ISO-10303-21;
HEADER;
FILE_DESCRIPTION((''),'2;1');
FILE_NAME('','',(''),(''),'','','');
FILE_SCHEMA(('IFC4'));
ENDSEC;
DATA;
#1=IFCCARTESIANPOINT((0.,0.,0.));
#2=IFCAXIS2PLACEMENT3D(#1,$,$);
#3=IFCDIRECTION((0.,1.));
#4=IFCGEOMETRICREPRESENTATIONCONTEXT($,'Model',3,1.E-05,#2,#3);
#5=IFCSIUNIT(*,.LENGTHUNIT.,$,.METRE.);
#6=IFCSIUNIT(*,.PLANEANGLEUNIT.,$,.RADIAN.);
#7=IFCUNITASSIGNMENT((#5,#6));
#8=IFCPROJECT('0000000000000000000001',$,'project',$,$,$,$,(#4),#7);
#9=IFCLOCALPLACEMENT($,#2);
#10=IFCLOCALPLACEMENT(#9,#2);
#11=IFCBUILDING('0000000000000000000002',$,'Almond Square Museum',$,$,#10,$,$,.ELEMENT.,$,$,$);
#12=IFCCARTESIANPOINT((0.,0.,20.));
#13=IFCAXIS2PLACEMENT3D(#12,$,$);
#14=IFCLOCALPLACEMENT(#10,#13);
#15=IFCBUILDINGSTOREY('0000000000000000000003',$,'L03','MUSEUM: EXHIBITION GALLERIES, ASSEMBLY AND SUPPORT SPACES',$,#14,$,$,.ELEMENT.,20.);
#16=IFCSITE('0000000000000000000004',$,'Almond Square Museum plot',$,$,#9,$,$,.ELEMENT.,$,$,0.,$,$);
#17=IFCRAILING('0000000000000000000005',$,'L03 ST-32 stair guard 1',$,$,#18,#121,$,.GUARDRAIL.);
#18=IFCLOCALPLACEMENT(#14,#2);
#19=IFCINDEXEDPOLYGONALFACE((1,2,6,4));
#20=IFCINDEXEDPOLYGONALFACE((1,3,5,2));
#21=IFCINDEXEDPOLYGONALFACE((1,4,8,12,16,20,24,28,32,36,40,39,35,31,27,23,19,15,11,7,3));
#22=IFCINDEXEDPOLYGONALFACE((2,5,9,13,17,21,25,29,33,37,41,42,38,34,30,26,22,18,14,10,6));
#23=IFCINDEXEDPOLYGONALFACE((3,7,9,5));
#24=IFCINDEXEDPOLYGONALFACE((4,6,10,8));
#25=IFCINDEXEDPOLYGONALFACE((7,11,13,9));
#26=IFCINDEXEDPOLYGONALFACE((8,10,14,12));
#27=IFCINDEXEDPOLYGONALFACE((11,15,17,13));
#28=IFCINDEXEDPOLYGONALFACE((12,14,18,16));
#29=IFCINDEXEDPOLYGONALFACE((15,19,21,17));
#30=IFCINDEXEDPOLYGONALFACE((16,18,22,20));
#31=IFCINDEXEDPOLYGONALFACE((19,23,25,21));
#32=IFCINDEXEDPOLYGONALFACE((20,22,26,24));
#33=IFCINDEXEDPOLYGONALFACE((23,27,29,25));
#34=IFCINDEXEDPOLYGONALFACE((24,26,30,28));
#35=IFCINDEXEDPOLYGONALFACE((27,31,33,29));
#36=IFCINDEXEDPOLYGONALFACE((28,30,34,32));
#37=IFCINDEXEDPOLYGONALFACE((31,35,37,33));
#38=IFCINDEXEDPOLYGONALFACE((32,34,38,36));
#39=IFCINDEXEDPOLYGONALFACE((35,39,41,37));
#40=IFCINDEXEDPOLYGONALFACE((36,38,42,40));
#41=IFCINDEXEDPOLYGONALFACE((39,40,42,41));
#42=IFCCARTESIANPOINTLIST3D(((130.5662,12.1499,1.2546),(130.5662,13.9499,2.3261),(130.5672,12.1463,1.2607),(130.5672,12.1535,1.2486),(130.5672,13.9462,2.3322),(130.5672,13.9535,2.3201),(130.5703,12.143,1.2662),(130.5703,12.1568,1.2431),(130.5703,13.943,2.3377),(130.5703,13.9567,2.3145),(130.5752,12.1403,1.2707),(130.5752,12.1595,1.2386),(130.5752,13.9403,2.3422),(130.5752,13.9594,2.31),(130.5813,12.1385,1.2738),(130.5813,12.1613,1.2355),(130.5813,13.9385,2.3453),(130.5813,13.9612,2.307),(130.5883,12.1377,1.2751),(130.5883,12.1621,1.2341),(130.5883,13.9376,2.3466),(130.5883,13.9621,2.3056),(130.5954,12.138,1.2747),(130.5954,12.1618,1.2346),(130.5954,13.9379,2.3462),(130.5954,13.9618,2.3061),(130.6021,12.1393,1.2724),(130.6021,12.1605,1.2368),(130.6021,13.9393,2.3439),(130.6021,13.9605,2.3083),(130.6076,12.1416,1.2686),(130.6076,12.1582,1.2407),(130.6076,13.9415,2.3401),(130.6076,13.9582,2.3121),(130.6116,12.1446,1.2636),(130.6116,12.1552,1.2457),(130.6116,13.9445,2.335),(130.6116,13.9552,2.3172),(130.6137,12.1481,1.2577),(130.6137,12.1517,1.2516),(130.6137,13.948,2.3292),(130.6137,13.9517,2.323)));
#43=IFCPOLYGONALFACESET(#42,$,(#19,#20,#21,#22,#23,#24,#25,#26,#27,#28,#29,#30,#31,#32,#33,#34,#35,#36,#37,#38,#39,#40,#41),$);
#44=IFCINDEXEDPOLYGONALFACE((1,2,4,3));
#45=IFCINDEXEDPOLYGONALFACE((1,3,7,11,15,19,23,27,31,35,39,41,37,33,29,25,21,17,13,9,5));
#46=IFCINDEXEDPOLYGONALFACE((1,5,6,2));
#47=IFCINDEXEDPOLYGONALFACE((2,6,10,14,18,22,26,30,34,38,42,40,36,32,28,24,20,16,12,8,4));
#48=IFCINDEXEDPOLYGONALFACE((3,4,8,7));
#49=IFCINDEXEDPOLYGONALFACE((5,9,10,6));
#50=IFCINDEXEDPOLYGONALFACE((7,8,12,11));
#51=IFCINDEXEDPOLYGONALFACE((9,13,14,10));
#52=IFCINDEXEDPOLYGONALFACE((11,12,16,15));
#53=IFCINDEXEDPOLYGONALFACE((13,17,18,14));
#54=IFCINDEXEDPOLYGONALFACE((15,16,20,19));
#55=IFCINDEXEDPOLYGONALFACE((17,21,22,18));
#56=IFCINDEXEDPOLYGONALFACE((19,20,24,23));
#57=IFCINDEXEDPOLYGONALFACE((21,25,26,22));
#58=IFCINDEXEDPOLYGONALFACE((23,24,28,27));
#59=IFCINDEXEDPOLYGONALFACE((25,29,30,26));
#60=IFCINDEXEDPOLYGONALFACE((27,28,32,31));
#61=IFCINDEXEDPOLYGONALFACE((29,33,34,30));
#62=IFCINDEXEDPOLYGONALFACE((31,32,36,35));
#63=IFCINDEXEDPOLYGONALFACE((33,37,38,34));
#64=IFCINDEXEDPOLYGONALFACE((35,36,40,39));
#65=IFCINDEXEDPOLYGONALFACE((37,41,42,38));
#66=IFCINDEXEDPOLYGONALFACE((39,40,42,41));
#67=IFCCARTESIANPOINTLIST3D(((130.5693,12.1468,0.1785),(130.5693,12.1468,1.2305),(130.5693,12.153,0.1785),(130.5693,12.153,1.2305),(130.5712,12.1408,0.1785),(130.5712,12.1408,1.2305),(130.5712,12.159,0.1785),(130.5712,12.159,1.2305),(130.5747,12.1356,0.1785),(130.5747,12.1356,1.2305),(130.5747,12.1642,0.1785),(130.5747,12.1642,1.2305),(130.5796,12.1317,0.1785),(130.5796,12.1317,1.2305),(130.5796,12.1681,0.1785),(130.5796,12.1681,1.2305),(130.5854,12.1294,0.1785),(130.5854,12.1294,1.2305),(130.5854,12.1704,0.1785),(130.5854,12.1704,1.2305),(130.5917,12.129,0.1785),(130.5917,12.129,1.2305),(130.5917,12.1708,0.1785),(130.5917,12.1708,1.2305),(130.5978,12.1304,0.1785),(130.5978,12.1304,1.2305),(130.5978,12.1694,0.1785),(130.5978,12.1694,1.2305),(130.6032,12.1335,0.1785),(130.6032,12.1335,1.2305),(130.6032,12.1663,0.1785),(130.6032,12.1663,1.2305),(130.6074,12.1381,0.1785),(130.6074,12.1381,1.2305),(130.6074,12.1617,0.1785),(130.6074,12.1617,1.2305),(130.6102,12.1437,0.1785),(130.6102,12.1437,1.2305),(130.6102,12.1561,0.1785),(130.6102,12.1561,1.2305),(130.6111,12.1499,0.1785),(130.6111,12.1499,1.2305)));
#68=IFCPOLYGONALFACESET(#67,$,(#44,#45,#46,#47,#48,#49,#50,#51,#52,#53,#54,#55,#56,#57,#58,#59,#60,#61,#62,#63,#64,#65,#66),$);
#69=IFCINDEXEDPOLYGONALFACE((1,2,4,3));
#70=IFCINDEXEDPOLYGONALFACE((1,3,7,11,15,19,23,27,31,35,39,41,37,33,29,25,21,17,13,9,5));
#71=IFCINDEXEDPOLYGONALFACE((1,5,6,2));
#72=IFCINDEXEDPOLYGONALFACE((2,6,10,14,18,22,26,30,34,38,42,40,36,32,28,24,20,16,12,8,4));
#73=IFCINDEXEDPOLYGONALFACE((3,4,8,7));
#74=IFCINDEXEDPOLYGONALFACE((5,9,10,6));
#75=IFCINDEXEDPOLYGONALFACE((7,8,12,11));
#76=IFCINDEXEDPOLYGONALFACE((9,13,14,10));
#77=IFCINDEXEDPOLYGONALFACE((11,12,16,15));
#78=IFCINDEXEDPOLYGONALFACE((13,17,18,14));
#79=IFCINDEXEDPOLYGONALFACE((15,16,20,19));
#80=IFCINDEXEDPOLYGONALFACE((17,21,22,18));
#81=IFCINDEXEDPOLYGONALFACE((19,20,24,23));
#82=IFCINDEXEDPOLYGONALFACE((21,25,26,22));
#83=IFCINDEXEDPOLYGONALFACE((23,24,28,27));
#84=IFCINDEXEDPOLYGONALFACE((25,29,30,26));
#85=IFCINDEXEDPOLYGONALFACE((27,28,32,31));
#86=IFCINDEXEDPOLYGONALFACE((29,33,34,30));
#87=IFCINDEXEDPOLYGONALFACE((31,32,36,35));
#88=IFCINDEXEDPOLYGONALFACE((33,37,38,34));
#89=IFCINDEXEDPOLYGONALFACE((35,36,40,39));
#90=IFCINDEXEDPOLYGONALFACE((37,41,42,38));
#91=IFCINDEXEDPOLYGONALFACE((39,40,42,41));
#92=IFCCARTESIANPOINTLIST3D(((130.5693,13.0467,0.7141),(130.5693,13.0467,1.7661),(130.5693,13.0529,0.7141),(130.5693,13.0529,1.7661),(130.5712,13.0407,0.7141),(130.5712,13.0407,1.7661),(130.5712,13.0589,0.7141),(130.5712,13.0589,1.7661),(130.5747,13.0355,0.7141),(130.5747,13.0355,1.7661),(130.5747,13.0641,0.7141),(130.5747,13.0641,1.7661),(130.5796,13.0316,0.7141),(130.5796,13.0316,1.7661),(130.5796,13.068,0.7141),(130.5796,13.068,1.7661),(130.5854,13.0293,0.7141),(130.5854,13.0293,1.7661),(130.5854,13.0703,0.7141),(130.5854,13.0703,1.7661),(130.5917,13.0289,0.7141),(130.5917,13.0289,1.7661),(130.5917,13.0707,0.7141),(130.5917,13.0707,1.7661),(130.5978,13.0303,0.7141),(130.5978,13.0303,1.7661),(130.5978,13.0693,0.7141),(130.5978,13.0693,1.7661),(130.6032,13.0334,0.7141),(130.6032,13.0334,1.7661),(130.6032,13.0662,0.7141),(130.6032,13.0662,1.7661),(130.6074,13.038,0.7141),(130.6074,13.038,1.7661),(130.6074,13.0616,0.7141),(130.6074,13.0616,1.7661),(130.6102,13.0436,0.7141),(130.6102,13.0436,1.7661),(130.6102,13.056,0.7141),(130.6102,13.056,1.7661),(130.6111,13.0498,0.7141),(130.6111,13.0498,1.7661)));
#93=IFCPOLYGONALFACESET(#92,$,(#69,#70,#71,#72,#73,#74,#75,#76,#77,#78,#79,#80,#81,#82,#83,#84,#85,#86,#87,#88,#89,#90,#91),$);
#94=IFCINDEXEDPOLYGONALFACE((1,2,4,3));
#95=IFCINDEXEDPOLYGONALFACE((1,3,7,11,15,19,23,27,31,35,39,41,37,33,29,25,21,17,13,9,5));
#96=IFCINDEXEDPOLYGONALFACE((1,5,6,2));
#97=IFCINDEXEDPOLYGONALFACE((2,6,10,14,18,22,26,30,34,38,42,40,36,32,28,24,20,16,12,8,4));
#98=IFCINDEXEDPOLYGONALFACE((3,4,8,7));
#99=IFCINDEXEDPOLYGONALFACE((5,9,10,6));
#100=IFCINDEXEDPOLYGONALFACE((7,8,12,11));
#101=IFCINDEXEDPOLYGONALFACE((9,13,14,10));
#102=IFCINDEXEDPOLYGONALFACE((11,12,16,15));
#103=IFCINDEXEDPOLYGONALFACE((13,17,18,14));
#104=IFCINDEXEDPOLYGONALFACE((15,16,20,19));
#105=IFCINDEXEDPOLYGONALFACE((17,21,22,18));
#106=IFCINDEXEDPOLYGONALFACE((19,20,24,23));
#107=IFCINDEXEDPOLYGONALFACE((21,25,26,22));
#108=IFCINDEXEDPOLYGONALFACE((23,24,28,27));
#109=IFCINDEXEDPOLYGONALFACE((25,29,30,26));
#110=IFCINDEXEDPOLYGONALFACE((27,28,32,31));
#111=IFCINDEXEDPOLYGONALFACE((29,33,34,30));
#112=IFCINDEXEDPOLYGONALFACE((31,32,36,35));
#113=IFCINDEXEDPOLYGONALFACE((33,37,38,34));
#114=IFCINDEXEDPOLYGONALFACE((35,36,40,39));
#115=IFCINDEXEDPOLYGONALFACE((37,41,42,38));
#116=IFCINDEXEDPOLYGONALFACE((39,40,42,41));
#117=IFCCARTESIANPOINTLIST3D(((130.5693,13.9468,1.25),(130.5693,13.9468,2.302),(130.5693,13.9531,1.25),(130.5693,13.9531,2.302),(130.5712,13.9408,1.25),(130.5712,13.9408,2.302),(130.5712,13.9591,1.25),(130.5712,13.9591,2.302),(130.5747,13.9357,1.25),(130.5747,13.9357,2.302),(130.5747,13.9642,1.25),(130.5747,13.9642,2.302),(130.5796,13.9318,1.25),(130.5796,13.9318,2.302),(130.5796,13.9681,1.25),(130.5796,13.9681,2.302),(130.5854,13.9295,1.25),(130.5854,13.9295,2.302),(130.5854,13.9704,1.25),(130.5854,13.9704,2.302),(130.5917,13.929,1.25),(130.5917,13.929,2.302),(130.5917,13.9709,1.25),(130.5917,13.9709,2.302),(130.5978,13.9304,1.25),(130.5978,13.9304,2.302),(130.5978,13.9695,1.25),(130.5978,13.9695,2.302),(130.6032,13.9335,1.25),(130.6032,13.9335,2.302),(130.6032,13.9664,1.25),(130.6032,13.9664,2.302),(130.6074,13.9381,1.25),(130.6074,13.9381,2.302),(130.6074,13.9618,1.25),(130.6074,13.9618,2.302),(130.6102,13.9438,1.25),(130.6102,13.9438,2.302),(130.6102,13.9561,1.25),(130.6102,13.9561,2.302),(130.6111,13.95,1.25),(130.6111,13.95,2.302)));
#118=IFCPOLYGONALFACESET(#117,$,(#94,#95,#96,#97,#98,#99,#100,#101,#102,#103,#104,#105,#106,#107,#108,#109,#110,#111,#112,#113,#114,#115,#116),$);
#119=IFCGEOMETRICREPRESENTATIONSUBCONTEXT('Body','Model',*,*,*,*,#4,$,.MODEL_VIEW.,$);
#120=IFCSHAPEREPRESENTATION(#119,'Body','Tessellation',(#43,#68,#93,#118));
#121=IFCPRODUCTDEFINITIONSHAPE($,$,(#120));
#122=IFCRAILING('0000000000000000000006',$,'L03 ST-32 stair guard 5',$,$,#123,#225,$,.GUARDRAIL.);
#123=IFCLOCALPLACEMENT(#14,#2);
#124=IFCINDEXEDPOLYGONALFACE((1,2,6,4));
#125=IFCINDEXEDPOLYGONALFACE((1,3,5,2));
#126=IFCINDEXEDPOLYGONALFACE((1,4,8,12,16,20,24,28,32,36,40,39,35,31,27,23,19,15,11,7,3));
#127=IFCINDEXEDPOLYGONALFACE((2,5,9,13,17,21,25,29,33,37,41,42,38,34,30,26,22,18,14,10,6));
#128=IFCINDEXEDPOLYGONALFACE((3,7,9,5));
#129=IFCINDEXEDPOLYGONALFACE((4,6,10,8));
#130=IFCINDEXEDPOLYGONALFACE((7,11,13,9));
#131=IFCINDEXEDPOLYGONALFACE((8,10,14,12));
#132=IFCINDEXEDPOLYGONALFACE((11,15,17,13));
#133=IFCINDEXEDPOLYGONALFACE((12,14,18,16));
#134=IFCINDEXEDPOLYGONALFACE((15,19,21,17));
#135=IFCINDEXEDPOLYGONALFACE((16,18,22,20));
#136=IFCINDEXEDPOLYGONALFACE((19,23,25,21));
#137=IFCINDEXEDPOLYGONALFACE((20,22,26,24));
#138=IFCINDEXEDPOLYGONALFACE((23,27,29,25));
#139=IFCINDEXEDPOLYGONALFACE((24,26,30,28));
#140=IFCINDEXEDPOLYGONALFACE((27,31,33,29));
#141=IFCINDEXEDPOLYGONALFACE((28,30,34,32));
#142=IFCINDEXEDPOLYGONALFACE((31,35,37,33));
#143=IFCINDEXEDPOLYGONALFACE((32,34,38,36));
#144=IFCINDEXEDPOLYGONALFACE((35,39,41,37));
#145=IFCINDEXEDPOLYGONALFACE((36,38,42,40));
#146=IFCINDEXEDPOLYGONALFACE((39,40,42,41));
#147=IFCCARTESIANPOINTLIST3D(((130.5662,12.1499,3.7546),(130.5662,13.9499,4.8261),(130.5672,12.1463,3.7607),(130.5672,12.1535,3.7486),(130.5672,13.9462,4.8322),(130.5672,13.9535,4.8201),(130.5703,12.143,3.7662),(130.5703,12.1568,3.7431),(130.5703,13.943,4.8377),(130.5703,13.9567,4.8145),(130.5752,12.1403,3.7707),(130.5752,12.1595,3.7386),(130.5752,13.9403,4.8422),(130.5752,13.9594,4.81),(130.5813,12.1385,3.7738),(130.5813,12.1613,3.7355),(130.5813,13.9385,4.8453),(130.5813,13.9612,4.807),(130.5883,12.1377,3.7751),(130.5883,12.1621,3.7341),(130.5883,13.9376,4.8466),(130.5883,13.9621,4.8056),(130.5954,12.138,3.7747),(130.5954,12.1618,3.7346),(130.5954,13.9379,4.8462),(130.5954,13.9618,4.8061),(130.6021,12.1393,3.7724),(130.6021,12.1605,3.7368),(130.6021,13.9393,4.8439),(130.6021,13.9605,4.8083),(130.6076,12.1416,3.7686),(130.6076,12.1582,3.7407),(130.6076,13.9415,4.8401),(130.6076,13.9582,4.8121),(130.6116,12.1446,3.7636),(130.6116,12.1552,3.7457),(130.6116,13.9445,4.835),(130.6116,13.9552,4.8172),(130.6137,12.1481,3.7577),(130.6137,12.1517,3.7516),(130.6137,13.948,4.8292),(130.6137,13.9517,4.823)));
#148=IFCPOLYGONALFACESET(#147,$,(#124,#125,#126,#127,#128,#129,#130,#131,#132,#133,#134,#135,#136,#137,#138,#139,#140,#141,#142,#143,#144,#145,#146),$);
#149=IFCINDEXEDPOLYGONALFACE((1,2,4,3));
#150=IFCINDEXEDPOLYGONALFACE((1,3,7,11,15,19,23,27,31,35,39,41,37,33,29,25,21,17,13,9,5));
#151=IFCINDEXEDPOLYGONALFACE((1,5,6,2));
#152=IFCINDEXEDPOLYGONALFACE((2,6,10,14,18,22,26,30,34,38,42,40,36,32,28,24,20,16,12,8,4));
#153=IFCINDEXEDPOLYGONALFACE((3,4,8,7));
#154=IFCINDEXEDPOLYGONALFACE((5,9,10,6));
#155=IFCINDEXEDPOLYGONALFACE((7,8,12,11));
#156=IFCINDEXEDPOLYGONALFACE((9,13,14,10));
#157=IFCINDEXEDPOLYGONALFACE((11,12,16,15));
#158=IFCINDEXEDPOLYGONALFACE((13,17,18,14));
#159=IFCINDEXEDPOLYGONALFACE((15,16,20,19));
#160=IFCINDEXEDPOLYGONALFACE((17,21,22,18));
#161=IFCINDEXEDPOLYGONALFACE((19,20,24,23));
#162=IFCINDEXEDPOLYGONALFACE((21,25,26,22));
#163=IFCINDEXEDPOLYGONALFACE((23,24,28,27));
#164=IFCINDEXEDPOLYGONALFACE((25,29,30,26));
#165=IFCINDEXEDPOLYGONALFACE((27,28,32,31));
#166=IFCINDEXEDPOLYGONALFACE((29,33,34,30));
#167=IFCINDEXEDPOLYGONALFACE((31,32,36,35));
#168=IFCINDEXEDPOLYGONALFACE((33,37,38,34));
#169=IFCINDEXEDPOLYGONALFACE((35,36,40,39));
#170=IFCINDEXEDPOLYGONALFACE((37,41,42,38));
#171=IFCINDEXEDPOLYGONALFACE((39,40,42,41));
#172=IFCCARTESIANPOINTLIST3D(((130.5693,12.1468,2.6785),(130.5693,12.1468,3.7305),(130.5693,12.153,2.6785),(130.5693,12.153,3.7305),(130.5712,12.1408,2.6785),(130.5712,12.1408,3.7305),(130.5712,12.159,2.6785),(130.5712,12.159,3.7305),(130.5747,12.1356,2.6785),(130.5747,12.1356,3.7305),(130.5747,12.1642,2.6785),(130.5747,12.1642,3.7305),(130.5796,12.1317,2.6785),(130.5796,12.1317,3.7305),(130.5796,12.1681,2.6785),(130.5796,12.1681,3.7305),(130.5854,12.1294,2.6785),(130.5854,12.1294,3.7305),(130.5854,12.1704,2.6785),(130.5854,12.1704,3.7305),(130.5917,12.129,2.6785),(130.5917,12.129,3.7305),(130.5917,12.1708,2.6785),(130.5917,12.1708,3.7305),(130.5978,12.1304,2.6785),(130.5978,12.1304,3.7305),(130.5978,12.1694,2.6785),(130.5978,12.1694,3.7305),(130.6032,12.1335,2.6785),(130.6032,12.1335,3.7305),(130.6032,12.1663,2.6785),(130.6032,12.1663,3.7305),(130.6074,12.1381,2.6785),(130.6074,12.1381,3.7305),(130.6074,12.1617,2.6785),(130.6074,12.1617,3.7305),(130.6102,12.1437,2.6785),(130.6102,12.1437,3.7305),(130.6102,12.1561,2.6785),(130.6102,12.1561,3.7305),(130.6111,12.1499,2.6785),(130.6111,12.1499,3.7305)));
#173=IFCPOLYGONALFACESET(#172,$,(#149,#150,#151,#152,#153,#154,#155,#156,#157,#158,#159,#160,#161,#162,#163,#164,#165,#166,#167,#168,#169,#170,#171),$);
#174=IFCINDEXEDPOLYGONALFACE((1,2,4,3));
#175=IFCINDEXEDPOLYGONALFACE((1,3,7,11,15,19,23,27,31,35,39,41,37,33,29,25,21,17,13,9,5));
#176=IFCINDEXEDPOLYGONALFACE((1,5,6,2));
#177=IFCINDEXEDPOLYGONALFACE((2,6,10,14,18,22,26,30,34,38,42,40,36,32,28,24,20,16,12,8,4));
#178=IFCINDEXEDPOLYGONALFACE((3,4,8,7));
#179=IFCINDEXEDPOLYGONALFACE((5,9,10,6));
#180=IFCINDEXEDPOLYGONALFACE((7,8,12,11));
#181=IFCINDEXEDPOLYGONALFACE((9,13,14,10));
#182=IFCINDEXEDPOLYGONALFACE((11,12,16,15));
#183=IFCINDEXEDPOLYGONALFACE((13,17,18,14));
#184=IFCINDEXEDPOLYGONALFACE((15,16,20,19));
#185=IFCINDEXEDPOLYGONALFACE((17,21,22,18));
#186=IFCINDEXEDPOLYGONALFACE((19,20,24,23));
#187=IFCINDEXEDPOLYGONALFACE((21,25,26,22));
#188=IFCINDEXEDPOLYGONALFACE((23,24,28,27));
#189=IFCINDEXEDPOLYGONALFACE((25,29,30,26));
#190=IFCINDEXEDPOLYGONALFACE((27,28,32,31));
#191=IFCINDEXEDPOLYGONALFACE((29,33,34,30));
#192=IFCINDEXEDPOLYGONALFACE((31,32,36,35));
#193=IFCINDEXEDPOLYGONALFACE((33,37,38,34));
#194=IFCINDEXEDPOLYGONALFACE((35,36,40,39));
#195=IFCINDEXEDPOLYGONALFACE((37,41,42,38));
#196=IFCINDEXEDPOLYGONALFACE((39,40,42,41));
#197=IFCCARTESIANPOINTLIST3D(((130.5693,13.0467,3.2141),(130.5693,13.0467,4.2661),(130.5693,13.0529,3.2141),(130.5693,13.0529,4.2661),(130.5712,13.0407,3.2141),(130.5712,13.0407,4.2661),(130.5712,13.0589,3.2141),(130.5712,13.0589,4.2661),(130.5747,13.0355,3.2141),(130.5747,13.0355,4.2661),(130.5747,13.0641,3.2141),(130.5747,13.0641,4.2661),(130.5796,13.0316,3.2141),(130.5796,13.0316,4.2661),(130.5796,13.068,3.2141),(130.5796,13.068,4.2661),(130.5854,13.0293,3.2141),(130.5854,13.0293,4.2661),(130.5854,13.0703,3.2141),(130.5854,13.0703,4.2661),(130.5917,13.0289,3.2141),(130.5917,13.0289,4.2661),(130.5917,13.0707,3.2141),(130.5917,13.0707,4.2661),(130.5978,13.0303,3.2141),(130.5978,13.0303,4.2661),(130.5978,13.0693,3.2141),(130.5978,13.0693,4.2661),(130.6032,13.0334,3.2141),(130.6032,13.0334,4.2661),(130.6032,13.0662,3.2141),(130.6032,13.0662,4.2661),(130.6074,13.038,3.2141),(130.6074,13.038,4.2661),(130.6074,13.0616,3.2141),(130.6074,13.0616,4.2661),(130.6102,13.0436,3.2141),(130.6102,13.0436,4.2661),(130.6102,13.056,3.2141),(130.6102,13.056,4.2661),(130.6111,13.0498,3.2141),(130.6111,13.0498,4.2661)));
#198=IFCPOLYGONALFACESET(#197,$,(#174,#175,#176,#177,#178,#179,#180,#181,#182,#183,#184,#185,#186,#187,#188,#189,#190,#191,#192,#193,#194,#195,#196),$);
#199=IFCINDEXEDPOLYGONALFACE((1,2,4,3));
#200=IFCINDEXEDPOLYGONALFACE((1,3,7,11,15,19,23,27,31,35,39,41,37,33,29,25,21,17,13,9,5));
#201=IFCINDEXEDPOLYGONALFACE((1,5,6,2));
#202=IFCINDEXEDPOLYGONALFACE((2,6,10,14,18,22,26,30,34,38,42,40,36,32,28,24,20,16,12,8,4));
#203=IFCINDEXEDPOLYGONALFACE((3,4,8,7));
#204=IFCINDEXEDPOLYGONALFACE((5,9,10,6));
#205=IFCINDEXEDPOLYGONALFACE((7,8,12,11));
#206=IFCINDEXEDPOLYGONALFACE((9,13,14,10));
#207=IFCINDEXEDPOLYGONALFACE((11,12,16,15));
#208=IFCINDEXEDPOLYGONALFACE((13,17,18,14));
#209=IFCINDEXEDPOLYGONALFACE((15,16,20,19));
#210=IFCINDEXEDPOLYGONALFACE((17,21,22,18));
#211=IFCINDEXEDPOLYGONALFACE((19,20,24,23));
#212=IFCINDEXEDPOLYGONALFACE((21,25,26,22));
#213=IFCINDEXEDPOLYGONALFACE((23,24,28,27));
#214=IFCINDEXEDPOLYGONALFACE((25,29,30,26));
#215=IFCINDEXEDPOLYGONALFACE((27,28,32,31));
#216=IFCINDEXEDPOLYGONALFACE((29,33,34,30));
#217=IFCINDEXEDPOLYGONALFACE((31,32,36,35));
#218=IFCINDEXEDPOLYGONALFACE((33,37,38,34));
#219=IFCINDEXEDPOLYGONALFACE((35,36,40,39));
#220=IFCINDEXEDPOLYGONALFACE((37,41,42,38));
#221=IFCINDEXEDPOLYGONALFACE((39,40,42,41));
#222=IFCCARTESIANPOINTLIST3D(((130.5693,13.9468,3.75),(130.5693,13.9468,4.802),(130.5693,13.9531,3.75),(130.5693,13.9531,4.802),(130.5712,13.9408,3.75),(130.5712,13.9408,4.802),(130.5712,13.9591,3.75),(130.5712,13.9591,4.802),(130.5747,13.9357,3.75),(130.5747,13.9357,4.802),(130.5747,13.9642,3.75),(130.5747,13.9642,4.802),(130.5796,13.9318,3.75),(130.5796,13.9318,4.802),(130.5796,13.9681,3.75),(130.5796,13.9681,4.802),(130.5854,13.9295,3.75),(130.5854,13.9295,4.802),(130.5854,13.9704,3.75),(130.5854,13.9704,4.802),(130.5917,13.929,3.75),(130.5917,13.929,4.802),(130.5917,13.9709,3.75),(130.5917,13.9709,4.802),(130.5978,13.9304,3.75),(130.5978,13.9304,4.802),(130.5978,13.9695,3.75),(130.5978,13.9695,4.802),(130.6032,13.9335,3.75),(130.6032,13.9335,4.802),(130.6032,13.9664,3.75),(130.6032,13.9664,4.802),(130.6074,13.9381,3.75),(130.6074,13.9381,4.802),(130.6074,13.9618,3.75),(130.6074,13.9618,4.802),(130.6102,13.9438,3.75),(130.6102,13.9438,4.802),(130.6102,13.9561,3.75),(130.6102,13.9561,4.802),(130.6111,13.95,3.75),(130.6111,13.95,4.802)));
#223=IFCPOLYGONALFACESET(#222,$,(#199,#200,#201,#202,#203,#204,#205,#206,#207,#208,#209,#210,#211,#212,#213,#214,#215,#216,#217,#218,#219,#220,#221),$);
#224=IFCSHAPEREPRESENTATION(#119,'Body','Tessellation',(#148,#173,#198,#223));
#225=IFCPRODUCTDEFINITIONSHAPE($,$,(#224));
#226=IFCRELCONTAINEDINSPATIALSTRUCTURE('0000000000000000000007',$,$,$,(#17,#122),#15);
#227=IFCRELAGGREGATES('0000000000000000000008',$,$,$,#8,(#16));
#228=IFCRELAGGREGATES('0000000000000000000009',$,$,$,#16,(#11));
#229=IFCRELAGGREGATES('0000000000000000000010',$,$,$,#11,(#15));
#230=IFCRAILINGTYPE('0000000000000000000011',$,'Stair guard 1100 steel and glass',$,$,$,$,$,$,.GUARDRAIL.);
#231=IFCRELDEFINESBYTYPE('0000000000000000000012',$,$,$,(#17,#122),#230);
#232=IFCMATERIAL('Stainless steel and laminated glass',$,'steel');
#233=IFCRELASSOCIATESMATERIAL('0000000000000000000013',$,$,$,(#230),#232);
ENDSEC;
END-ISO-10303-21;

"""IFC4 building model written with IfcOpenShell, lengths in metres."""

from ifc_helpers import new_model, si_unit, direction, frame, origin, origin_2d, place, context, subcontext, project, spatial, circle, extrude, material, type_object, element, save


model = new_model("IFC4")

# Units and contexts
model_context = context("Model", 3, precision=1e-05, world=origin(), true_north=direction((0.0, 1.0)))
body_context = subcontext(model_context, "Body", "Model", "MODEL_VIEW")
ifc_project = project(units=[si_unit("LENGTHUNIT", "METRE"), si_unit("PLANEANGLEUNIT", "RADIAN")], contexts=[model_context])

# Site, building, storey
site_placement = place(None, origin())
site = spatial("IfcSite", under=ifc_project, at=site_placement, Name="Almond Square Museum plot", CompositionType="ELEMENT", RefElevation=0.0)
building_placement = place(site_placement, origin())
building = spatial("IfcBuilding", under=site, at=building_placement, Name="Almond Square Museum", CompositionType="ELEMENT")
storey_placement = place(building_placement, frame((0.0, 0.0, 20.0)))
storey = spatial("IfcBuildingStorey", under=building, at=storey_placement, Name="L03", Description="MUSEUM: EXHIBITION GALLERIES, ASSEMBLY AND SUPPORT SPACES", CompositionType="ELEMENT", Elevation=20.0)

# Railings
ifc_material_1 = material(Name="Stainless steel and laminated glass", Category="steel")
railing_type_1 = type_object("IfcRailingType", Name="Stair guard 1100 steel and glass", PredefinedType="GUARDRAIL", material=ifc_material_1)
for number, where, name in (
    (1, (130.5901, 12.1499, 0.1785), "L03 ST-32 stair guard 1"),
    (2, (130.5901, 12.1499, 2.6785), "L03 ST-32 stair guard 5"),
):
    element("IfcRailing", number, at=place(storey_placement, frame(where)), inside=storey, type_object=railing_type_1, Name=name, PredefinedType="GUARDRAIL", context=body_context, shape_type="SweptSolid", body=[
        extrude(circle(Radius=0.0239, at=origin_2d()), frame((0.0, 0.0, 1.0762), z_axis=(0.0, 0.859277, 0.51151), x_axis=(-1.0, 0.0, 0.0)), (0.0, 0.0, 1.0), 2.0947),
        extrude(circle(Radius=0.021, at=origin_2d()), origin(), (0.0, 0.0, 1.0), 1.052),
        extrude(circle(Radius=0.021, at=origin_2d()), frame((0.0, 0.8999, 0.5356)), (0.0, 0.0, 1.0), 1.052),
        extrude(circle(Radius=0.021, at=origin_2d()), frame((0.0, 1.8, 1.0715)), (0.0, 0.0, 1.0), 1.052),
    ])

save(model, "model.ifc")
